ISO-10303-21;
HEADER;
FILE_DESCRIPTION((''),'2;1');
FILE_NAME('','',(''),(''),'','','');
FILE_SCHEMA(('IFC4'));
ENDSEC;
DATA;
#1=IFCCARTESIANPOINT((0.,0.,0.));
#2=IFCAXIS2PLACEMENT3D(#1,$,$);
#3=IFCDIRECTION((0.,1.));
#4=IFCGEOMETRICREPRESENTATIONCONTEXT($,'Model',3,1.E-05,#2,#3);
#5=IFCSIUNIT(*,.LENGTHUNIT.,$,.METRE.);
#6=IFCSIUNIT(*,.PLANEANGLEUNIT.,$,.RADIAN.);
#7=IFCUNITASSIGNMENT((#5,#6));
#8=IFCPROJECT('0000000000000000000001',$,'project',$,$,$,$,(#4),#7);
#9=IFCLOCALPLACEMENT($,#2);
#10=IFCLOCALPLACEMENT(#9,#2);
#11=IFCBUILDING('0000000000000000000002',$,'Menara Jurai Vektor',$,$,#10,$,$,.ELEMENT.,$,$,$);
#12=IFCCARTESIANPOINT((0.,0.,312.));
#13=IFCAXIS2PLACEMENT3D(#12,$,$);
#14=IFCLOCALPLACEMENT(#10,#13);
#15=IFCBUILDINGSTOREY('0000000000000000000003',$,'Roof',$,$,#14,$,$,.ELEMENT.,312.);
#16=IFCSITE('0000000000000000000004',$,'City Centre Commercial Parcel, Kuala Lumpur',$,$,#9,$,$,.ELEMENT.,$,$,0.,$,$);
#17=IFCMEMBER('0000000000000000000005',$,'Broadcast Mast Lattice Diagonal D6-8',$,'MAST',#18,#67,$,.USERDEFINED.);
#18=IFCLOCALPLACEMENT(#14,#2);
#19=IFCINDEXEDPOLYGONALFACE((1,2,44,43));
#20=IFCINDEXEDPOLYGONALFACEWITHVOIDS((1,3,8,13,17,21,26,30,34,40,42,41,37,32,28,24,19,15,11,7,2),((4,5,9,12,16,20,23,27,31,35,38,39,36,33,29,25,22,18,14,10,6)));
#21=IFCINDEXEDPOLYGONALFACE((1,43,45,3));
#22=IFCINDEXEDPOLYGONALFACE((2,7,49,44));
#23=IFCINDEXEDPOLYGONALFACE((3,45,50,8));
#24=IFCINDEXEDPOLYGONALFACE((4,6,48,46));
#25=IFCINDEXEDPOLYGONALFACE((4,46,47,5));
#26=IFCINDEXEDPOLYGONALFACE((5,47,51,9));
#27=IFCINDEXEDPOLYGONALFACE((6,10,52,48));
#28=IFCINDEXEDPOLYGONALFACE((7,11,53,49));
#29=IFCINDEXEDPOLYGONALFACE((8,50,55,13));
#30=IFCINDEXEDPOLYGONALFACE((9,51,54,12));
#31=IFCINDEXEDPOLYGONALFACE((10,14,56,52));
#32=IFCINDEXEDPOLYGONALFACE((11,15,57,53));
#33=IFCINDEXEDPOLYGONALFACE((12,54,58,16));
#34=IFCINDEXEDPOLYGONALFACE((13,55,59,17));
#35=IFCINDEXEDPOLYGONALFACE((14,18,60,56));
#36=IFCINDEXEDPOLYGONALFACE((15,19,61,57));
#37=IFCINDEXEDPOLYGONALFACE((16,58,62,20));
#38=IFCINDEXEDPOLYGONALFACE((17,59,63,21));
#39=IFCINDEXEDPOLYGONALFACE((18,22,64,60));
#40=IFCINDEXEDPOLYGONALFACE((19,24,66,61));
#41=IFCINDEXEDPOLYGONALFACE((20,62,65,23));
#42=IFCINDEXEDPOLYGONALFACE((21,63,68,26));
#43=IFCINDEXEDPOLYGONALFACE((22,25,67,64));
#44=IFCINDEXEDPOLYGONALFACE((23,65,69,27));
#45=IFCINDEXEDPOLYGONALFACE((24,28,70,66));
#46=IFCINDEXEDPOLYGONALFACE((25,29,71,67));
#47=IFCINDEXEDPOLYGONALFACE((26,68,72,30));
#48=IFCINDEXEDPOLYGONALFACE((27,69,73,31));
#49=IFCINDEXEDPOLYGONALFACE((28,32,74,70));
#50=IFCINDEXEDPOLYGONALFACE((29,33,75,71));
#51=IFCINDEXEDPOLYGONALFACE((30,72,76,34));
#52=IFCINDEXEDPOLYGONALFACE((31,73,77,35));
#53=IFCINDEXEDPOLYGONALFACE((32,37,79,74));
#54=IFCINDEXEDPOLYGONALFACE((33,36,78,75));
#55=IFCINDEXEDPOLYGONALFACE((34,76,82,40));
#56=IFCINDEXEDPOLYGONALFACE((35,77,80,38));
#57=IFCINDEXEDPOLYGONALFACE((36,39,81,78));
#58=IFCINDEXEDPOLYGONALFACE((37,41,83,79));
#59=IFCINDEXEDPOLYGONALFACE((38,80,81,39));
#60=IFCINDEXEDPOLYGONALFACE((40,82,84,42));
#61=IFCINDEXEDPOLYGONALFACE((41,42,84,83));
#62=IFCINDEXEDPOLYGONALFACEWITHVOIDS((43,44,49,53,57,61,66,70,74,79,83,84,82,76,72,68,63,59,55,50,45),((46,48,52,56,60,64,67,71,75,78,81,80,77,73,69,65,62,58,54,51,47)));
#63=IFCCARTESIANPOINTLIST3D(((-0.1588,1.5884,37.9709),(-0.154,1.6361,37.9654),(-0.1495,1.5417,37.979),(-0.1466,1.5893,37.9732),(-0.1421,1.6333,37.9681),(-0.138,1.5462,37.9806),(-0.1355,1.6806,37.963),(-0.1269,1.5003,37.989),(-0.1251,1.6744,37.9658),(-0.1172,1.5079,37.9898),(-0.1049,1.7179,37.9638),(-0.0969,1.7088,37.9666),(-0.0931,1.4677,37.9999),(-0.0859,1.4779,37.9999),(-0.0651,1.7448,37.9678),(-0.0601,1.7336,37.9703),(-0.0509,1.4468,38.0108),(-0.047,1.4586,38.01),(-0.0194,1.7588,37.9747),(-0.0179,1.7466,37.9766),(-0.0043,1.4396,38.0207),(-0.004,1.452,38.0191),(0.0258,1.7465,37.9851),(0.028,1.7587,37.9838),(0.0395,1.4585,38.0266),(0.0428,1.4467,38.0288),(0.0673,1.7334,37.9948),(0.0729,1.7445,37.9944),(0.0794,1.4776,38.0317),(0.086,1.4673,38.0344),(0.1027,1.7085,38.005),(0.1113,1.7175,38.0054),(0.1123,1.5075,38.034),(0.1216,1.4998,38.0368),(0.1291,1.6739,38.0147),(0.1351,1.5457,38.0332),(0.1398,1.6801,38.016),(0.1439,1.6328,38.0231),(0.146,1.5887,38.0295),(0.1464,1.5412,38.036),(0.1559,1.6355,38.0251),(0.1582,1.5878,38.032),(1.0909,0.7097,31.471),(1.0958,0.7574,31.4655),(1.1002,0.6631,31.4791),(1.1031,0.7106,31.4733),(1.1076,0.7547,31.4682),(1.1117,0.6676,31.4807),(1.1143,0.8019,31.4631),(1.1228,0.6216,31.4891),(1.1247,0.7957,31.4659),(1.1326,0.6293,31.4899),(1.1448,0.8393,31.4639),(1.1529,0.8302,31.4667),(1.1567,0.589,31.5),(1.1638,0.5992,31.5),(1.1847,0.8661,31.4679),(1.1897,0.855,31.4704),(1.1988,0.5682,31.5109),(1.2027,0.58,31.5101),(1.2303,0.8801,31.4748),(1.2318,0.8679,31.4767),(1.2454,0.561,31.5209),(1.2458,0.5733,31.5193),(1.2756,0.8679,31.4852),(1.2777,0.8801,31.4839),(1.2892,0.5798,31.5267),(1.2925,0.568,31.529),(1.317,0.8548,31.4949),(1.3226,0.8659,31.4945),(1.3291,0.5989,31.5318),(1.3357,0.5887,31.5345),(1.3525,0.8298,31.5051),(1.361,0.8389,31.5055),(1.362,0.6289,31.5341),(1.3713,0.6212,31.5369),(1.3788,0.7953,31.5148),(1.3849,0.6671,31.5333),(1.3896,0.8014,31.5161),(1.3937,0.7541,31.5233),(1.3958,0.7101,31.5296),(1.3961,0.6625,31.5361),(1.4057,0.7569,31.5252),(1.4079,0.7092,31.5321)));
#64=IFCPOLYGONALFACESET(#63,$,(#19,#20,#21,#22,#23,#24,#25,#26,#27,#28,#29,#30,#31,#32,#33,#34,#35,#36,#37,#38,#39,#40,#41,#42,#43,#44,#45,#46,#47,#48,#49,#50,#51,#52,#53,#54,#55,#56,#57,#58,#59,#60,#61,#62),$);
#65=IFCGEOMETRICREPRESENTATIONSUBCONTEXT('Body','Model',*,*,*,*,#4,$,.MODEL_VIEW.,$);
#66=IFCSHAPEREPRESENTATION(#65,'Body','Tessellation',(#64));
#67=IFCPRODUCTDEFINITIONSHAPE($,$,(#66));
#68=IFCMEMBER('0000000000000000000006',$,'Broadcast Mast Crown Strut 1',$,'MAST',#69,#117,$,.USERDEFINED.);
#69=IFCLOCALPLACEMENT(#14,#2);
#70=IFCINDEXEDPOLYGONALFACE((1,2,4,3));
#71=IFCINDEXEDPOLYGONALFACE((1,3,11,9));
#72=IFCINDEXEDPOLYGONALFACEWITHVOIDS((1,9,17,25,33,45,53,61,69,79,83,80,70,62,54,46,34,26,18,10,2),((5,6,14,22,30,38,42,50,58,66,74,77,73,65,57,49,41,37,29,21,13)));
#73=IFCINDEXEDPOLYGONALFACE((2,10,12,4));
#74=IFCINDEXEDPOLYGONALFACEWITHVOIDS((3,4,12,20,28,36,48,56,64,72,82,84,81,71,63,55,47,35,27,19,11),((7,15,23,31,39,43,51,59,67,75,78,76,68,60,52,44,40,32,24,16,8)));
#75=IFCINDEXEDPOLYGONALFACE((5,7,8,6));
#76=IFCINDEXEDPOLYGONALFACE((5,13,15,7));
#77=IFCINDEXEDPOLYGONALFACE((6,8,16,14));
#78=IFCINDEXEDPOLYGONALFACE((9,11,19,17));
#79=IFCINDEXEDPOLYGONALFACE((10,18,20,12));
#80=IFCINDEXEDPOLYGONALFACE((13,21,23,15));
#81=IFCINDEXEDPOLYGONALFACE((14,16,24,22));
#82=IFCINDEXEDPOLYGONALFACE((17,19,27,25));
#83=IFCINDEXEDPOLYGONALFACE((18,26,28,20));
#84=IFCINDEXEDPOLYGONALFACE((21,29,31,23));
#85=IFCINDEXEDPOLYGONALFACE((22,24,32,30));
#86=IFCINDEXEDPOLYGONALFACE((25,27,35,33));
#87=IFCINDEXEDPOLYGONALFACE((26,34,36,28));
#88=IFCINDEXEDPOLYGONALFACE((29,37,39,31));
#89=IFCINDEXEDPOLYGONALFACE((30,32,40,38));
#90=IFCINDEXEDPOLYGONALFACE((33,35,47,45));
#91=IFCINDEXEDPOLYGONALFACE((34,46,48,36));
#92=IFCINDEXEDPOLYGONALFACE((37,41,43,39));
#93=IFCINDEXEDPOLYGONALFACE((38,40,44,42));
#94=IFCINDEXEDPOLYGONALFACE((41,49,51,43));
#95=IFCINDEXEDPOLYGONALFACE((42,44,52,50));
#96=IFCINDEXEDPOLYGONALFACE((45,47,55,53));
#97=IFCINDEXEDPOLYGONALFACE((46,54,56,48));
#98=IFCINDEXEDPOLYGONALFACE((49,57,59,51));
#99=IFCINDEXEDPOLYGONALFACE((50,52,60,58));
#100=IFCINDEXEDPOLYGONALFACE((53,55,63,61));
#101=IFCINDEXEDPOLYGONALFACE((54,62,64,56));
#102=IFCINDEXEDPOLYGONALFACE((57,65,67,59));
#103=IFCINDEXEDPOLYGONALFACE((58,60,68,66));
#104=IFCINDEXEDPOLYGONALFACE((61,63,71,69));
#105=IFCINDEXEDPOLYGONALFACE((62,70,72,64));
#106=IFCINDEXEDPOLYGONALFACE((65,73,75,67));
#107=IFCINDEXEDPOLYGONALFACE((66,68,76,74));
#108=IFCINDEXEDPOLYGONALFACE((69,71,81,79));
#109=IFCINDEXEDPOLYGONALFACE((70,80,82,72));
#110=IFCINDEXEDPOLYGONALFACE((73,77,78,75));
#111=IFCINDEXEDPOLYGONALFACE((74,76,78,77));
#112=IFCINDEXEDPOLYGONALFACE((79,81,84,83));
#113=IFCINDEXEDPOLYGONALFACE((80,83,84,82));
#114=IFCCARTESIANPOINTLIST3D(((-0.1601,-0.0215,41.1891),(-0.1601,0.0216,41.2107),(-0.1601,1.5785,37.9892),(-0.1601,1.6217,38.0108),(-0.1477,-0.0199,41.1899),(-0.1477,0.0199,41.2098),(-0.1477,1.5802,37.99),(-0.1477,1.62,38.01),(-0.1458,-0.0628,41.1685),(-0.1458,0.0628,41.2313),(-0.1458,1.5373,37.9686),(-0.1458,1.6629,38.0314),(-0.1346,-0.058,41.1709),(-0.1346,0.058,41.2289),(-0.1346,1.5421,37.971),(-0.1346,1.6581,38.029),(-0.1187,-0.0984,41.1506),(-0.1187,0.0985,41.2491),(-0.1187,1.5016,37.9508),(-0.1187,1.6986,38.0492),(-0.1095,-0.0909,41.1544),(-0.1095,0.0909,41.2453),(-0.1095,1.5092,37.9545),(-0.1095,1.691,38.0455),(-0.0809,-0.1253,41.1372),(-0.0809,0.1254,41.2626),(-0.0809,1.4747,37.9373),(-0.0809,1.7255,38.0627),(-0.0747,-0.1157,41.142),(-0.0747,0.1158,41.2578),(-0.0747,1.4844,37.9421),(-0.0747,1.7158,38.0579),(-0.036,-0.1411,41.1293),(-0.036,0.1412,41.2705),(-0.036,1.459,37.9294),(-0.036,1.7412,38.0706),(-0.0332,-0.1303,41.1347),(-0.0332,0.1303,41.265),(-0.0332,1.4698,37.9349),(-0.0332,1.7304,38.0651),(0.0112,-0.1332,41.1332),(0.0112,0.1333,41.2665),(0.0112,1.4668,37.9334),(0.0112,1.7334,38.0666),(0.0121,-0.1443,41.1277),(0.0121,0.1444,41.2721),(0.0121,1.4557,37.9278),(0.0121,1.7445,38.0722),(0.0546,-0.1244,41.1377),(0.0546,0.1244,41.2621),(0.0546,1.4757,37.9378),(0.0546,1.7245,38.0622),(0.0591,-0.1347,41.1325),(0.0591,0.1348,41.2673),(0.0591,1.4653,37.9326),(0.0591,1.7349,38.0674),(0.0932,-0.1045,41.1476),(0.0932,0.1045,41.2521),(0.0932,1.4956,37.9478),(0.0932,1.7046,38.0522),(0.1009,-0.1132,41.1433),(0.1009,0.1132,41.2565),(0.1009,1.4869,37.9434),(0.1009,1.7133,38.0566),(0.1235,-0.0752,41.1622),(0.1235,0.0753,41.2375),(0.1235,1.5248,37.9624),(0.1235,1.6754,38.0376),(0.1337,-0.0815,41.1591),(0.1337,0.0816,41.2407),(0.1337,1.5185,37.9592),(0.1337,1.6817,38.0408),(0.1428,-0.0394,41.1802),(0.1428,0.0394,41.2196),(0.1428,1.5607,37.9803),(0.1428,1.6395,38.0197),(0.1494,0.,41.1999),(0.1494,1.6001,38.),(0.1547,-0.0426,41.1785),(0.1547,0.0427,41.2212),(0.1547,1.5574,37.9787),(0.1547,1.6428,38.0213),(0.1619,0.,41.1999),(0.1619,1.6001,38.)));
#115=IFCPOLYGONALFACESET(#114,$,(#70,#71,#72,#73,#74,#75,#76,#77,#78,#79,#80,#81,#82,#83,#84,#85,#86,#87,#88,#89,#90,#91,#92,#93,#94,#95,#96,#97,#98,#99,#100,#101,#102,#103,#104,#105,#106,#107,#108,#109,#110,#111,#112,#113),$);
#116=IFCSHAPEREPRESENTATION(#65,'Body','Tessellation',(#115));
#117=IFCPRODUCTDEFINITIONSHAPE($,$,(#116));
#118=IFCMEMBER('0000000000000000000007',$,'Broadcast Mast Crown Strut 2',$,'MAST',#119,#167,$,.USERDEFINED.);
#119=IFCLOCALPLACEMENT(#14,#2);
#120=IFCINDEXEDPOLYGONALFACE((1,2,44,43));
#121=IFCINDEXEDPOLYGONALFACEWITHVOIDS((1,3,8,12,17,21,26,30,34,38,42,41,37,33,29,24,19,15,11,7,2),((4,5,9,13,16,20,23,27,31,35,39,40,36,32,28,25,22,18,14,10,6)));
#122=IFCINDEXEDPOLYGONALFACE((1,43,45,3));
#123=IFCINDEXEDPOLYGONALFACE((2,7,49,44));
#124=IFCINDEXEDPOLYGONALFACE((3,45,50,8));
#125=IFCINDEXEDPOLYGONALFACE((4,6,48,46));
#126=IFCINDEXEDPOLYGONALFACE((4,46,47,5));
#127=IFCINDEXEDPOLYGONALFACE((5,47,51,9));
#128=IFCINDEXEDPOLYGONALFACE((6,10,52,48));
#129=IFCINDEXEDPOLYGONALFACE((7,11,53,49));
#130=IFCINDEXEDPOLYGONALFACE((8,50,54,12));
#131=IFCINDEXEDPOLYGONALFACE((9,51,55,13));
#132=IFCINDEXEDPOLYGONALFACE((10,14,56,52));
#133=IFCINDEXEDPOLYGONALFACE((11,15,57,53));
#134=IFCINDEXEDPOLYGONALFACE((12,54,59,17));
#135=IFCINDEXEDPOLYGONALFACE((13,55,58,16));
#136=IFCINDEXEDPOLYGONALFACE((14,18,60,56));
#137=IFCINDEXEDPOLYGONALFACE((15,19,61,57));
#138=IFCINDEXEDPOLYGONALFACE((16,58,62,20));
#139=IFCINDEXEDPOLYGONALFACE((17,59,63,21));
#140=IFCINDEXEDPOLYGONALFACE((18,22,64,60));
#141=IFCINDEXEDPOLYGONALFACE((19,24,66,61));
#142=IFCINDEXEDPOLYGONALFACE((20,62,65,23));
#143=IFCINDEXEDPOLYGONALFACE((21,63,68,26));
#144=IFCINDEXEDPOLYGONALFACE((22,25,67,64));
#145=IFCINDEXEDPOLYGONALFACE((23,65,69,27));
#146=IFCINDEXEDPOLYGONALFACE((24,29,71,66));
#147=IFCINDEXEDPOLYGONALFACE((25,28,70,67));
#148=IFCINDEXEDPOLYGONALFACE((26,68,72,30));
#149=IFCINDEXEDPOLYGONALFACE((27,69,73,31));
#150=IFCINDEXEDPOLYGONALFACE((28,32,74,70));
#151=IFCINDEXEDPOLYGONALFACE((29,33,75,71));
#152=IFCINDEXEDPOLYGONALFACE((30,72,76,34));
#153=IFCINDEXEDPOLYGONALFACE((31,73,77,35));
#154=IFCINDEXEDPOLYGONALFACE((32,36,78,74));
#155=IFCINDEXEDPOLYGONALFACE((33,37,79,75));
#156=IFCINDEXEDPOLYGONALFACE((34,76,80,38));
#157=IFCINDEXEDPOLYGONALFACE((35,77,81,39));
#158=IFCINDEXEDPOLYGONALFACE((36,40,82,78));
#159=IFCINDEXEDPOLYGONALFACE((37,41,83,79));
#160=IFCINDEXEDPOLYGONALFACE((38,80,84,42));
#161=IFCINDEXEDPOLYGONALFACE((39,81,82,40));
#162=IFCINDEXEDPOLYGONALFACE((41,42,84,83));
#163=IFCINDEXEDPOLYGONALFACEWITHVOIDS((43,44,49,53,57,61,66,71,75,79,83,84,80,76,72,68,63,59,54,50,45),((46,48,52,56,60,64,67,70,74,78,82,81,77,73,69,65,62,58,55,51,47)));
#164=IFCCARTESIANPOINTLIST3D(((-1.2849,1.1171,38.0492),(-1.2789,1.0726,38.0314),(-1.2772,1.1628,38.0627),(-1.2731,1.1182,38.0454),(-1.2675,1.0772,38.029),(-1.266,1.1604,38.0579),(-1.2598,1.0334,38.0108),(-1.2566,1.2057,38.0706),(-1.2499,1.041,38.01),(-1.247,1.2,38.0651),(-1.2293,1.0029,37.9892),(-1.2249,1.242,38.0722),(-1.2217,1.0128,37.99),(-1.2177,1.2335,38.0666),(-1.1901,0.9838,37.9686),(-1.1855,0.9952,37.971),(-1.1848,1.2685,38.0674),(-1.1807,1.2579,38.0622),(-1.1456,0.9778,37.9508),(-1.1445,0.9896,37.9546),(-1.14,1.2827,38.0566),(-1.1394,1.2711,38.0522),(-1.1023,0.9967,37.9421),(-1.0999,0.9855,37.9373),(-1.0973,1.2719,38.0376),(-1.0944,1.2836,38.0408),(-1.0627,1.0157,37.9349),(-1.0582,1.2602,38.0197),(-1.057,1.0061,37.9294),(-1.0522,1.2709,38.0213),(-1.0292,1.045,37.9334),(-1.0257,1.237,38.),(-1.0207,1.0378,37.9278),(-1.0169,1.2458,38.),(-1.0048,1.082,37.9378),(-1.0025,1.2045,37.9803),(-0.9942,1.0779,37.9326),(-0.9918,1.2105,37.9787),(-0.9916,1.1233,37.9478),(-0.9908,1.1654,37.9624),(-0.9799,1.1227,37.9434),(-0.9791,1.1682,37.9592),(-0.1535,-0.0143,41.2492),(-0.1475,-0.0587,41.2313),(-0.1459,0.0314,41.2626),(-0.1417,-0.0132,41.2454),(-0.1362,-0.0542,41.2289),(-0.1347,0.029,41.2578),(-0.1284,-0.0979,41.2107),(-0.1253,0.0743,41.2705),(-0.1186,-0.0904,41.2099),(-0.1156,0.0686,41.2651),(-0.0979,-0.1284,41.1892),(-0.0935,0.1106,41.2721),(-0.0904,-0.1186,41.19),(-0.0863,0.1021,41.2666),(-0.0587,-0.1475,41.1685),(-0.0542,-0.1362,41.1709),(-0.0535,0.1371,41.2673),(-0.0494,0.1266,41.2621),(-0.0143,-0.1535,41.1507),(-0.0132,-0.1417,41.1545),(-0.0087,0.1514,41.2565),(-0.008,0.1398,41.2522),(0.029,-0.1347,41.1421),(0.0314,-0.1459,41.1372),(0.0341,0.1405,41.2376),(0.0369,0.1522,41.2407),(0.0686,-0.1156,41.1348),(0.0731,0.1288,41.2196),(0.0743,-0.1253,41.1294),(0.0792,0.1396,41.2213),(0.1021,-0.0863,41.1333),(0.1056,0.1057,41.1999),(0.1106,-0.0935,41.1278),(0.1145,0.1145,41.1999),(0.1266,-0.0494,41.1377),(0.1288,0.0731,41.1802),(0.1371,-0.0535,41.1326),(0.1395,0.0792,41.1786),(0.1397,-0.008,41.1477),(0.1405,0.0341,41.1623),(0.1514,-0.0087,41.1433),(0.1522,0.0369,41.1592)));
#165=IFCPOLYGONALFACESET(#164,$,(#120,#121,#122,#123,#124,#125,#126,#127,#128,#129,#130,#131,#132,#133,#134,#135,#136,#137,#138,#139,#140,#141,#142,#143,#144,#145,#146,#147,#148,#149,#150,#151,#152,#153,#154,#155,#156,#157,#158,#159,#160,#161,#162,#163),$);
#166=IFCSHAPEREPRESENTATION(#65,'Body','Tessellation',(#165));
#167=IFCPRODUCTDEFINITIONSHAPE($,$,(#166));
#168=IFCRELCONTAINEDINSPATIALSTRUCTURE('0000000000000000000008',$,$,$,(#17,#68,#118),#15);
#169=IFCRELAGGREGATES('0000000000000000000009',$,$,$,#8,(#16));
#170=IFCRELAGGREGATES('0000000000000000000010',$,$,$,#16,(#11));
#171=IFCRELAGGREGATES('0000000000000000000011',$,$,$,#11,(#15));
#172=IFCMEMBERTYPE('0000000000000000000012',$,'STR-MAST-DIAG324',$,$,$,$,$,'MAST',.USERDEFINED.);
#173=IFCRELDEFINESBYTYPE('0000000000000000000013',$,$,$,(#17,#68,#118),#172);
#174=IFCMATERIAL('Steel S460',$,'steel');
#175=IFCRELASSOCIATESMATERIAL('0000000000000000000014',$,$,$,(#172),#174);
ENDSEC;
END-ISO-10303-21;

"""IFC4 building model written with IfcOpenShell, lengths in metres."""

from ifc_helpers import new_model, si_unit, direction, frame, origin, origin_2d, place, context, subcontext, project, spatial, hollow_circle, extrude, material, material_profile, profile_set, type_object, element, save


model = new_model("IFC4")

# Units and contexts
model_context = context("Model", 3, precision=1e-05, world=origin(), true_north=direction((0.0, 1.0)))
body_context = subcontext(model_context, "Body", "Model", "MODEL_VIEW")
ifc_project = project(units=[si_unit("LENGTHUNIT", "METRE"), si_unit("PLANEANGLEUNIT", "RADIAN")], contexts=[model_context])

# Site, building, storey
site_placement = place(None, origin())
site = spatial("IfcSite", under=ifc_project, at=site_placement, Name="City Centre Commercial Parcel, Kuala Lumpur", CompositionType="ELEMENT", RefElevation=0.0)
building_placement = place(site_placement, origin())
building = spatial("IfcBuilding", under=site, at=building_placement, Name="Menara Jurai Vektor", CompositionType="ELEMENT")
storey_placement = place(building_placement, frame((0.0, 0.0, 312.0)))
storey = spatial("IfcBuildingStorey", under=building, at=storey_placement, Name="Roof", CompositionType="ELEMENT", Elevation=312.0)

# Members
ifc_material = material(Name="Steel S460", Category="steel")
ifc_material_profile_1 = material_profile(ifc_material, hollow_circle(Radius=0.1619, WallThickness=0.0125, at=origin_2d()), Name="CHS 323.9x12.5")
ifc_profile_set_1 = profile_set([ifc_material_profile_1], Name="Steel S460")
member_type_1 = type_object("IfcMemberType", Name="STR-MAST-DIAG324", ElementType="MAST", PredefinedType="USERDEFINED", material=ifc_profile_set_1)
for number, where, z_axis, x_axis, name in (
    (1, (1.2498, 0.7214, 31.5), (-0.18717, 0.131593, 0.973474), (-0.575145, -0.818051, 0.0), "Broadcast Mast Lattice Diagonal D6-8"),
):
    element("IfcMember", number, at=place(storey_placement, frame(where, z_axis=z_axis, x_axis=x_axis)), inside=storey, type_object=member_type_1, Name=name, ObjectType="MAST", PredefinedType="USERDEFINED", context=body_context, shape_type="SweptSolid", body=[
        extrude(hollow_circle(Radius=0.1619, WallThickness=0.0125, at=origin_2d()), origin(), (0.0, 0.0, 1.0), 6.677),
    ])
for number, where, z_axis, x_axis, name in (
    (2, (0.0, 1.6001, 38.0), (0.0, -0.447241, 0.894414), (1.0, 0.0, 0.0), "Broadcast Mast Crown Strut 1"),
    (3, (-1.1313, 1.1313, 38.0), (0.316226, -0.316226, 0.894428), (0.707107, 0.707107, 0.0), "Broadcast Mast Crown Strut 2"),
):
    element("IfcMember", number, at=place(storey_placement, frame(where, z_axis=z_axis, x_axis=x_axis)), inside=storey, type_object=member_type_1, Name=name, ObjectType="MAST", PredefinedType="USERDEFINED", context=body_context, shape_type="SweptSolid", body=[
        extrude(hollow_circle(Radius=0.1619, WallThickness=0.0125, at=origin_2d()), origin(), (0.0, 0.0, 1.0), 3.5776),
    ])

save(model, "model.ifc")
